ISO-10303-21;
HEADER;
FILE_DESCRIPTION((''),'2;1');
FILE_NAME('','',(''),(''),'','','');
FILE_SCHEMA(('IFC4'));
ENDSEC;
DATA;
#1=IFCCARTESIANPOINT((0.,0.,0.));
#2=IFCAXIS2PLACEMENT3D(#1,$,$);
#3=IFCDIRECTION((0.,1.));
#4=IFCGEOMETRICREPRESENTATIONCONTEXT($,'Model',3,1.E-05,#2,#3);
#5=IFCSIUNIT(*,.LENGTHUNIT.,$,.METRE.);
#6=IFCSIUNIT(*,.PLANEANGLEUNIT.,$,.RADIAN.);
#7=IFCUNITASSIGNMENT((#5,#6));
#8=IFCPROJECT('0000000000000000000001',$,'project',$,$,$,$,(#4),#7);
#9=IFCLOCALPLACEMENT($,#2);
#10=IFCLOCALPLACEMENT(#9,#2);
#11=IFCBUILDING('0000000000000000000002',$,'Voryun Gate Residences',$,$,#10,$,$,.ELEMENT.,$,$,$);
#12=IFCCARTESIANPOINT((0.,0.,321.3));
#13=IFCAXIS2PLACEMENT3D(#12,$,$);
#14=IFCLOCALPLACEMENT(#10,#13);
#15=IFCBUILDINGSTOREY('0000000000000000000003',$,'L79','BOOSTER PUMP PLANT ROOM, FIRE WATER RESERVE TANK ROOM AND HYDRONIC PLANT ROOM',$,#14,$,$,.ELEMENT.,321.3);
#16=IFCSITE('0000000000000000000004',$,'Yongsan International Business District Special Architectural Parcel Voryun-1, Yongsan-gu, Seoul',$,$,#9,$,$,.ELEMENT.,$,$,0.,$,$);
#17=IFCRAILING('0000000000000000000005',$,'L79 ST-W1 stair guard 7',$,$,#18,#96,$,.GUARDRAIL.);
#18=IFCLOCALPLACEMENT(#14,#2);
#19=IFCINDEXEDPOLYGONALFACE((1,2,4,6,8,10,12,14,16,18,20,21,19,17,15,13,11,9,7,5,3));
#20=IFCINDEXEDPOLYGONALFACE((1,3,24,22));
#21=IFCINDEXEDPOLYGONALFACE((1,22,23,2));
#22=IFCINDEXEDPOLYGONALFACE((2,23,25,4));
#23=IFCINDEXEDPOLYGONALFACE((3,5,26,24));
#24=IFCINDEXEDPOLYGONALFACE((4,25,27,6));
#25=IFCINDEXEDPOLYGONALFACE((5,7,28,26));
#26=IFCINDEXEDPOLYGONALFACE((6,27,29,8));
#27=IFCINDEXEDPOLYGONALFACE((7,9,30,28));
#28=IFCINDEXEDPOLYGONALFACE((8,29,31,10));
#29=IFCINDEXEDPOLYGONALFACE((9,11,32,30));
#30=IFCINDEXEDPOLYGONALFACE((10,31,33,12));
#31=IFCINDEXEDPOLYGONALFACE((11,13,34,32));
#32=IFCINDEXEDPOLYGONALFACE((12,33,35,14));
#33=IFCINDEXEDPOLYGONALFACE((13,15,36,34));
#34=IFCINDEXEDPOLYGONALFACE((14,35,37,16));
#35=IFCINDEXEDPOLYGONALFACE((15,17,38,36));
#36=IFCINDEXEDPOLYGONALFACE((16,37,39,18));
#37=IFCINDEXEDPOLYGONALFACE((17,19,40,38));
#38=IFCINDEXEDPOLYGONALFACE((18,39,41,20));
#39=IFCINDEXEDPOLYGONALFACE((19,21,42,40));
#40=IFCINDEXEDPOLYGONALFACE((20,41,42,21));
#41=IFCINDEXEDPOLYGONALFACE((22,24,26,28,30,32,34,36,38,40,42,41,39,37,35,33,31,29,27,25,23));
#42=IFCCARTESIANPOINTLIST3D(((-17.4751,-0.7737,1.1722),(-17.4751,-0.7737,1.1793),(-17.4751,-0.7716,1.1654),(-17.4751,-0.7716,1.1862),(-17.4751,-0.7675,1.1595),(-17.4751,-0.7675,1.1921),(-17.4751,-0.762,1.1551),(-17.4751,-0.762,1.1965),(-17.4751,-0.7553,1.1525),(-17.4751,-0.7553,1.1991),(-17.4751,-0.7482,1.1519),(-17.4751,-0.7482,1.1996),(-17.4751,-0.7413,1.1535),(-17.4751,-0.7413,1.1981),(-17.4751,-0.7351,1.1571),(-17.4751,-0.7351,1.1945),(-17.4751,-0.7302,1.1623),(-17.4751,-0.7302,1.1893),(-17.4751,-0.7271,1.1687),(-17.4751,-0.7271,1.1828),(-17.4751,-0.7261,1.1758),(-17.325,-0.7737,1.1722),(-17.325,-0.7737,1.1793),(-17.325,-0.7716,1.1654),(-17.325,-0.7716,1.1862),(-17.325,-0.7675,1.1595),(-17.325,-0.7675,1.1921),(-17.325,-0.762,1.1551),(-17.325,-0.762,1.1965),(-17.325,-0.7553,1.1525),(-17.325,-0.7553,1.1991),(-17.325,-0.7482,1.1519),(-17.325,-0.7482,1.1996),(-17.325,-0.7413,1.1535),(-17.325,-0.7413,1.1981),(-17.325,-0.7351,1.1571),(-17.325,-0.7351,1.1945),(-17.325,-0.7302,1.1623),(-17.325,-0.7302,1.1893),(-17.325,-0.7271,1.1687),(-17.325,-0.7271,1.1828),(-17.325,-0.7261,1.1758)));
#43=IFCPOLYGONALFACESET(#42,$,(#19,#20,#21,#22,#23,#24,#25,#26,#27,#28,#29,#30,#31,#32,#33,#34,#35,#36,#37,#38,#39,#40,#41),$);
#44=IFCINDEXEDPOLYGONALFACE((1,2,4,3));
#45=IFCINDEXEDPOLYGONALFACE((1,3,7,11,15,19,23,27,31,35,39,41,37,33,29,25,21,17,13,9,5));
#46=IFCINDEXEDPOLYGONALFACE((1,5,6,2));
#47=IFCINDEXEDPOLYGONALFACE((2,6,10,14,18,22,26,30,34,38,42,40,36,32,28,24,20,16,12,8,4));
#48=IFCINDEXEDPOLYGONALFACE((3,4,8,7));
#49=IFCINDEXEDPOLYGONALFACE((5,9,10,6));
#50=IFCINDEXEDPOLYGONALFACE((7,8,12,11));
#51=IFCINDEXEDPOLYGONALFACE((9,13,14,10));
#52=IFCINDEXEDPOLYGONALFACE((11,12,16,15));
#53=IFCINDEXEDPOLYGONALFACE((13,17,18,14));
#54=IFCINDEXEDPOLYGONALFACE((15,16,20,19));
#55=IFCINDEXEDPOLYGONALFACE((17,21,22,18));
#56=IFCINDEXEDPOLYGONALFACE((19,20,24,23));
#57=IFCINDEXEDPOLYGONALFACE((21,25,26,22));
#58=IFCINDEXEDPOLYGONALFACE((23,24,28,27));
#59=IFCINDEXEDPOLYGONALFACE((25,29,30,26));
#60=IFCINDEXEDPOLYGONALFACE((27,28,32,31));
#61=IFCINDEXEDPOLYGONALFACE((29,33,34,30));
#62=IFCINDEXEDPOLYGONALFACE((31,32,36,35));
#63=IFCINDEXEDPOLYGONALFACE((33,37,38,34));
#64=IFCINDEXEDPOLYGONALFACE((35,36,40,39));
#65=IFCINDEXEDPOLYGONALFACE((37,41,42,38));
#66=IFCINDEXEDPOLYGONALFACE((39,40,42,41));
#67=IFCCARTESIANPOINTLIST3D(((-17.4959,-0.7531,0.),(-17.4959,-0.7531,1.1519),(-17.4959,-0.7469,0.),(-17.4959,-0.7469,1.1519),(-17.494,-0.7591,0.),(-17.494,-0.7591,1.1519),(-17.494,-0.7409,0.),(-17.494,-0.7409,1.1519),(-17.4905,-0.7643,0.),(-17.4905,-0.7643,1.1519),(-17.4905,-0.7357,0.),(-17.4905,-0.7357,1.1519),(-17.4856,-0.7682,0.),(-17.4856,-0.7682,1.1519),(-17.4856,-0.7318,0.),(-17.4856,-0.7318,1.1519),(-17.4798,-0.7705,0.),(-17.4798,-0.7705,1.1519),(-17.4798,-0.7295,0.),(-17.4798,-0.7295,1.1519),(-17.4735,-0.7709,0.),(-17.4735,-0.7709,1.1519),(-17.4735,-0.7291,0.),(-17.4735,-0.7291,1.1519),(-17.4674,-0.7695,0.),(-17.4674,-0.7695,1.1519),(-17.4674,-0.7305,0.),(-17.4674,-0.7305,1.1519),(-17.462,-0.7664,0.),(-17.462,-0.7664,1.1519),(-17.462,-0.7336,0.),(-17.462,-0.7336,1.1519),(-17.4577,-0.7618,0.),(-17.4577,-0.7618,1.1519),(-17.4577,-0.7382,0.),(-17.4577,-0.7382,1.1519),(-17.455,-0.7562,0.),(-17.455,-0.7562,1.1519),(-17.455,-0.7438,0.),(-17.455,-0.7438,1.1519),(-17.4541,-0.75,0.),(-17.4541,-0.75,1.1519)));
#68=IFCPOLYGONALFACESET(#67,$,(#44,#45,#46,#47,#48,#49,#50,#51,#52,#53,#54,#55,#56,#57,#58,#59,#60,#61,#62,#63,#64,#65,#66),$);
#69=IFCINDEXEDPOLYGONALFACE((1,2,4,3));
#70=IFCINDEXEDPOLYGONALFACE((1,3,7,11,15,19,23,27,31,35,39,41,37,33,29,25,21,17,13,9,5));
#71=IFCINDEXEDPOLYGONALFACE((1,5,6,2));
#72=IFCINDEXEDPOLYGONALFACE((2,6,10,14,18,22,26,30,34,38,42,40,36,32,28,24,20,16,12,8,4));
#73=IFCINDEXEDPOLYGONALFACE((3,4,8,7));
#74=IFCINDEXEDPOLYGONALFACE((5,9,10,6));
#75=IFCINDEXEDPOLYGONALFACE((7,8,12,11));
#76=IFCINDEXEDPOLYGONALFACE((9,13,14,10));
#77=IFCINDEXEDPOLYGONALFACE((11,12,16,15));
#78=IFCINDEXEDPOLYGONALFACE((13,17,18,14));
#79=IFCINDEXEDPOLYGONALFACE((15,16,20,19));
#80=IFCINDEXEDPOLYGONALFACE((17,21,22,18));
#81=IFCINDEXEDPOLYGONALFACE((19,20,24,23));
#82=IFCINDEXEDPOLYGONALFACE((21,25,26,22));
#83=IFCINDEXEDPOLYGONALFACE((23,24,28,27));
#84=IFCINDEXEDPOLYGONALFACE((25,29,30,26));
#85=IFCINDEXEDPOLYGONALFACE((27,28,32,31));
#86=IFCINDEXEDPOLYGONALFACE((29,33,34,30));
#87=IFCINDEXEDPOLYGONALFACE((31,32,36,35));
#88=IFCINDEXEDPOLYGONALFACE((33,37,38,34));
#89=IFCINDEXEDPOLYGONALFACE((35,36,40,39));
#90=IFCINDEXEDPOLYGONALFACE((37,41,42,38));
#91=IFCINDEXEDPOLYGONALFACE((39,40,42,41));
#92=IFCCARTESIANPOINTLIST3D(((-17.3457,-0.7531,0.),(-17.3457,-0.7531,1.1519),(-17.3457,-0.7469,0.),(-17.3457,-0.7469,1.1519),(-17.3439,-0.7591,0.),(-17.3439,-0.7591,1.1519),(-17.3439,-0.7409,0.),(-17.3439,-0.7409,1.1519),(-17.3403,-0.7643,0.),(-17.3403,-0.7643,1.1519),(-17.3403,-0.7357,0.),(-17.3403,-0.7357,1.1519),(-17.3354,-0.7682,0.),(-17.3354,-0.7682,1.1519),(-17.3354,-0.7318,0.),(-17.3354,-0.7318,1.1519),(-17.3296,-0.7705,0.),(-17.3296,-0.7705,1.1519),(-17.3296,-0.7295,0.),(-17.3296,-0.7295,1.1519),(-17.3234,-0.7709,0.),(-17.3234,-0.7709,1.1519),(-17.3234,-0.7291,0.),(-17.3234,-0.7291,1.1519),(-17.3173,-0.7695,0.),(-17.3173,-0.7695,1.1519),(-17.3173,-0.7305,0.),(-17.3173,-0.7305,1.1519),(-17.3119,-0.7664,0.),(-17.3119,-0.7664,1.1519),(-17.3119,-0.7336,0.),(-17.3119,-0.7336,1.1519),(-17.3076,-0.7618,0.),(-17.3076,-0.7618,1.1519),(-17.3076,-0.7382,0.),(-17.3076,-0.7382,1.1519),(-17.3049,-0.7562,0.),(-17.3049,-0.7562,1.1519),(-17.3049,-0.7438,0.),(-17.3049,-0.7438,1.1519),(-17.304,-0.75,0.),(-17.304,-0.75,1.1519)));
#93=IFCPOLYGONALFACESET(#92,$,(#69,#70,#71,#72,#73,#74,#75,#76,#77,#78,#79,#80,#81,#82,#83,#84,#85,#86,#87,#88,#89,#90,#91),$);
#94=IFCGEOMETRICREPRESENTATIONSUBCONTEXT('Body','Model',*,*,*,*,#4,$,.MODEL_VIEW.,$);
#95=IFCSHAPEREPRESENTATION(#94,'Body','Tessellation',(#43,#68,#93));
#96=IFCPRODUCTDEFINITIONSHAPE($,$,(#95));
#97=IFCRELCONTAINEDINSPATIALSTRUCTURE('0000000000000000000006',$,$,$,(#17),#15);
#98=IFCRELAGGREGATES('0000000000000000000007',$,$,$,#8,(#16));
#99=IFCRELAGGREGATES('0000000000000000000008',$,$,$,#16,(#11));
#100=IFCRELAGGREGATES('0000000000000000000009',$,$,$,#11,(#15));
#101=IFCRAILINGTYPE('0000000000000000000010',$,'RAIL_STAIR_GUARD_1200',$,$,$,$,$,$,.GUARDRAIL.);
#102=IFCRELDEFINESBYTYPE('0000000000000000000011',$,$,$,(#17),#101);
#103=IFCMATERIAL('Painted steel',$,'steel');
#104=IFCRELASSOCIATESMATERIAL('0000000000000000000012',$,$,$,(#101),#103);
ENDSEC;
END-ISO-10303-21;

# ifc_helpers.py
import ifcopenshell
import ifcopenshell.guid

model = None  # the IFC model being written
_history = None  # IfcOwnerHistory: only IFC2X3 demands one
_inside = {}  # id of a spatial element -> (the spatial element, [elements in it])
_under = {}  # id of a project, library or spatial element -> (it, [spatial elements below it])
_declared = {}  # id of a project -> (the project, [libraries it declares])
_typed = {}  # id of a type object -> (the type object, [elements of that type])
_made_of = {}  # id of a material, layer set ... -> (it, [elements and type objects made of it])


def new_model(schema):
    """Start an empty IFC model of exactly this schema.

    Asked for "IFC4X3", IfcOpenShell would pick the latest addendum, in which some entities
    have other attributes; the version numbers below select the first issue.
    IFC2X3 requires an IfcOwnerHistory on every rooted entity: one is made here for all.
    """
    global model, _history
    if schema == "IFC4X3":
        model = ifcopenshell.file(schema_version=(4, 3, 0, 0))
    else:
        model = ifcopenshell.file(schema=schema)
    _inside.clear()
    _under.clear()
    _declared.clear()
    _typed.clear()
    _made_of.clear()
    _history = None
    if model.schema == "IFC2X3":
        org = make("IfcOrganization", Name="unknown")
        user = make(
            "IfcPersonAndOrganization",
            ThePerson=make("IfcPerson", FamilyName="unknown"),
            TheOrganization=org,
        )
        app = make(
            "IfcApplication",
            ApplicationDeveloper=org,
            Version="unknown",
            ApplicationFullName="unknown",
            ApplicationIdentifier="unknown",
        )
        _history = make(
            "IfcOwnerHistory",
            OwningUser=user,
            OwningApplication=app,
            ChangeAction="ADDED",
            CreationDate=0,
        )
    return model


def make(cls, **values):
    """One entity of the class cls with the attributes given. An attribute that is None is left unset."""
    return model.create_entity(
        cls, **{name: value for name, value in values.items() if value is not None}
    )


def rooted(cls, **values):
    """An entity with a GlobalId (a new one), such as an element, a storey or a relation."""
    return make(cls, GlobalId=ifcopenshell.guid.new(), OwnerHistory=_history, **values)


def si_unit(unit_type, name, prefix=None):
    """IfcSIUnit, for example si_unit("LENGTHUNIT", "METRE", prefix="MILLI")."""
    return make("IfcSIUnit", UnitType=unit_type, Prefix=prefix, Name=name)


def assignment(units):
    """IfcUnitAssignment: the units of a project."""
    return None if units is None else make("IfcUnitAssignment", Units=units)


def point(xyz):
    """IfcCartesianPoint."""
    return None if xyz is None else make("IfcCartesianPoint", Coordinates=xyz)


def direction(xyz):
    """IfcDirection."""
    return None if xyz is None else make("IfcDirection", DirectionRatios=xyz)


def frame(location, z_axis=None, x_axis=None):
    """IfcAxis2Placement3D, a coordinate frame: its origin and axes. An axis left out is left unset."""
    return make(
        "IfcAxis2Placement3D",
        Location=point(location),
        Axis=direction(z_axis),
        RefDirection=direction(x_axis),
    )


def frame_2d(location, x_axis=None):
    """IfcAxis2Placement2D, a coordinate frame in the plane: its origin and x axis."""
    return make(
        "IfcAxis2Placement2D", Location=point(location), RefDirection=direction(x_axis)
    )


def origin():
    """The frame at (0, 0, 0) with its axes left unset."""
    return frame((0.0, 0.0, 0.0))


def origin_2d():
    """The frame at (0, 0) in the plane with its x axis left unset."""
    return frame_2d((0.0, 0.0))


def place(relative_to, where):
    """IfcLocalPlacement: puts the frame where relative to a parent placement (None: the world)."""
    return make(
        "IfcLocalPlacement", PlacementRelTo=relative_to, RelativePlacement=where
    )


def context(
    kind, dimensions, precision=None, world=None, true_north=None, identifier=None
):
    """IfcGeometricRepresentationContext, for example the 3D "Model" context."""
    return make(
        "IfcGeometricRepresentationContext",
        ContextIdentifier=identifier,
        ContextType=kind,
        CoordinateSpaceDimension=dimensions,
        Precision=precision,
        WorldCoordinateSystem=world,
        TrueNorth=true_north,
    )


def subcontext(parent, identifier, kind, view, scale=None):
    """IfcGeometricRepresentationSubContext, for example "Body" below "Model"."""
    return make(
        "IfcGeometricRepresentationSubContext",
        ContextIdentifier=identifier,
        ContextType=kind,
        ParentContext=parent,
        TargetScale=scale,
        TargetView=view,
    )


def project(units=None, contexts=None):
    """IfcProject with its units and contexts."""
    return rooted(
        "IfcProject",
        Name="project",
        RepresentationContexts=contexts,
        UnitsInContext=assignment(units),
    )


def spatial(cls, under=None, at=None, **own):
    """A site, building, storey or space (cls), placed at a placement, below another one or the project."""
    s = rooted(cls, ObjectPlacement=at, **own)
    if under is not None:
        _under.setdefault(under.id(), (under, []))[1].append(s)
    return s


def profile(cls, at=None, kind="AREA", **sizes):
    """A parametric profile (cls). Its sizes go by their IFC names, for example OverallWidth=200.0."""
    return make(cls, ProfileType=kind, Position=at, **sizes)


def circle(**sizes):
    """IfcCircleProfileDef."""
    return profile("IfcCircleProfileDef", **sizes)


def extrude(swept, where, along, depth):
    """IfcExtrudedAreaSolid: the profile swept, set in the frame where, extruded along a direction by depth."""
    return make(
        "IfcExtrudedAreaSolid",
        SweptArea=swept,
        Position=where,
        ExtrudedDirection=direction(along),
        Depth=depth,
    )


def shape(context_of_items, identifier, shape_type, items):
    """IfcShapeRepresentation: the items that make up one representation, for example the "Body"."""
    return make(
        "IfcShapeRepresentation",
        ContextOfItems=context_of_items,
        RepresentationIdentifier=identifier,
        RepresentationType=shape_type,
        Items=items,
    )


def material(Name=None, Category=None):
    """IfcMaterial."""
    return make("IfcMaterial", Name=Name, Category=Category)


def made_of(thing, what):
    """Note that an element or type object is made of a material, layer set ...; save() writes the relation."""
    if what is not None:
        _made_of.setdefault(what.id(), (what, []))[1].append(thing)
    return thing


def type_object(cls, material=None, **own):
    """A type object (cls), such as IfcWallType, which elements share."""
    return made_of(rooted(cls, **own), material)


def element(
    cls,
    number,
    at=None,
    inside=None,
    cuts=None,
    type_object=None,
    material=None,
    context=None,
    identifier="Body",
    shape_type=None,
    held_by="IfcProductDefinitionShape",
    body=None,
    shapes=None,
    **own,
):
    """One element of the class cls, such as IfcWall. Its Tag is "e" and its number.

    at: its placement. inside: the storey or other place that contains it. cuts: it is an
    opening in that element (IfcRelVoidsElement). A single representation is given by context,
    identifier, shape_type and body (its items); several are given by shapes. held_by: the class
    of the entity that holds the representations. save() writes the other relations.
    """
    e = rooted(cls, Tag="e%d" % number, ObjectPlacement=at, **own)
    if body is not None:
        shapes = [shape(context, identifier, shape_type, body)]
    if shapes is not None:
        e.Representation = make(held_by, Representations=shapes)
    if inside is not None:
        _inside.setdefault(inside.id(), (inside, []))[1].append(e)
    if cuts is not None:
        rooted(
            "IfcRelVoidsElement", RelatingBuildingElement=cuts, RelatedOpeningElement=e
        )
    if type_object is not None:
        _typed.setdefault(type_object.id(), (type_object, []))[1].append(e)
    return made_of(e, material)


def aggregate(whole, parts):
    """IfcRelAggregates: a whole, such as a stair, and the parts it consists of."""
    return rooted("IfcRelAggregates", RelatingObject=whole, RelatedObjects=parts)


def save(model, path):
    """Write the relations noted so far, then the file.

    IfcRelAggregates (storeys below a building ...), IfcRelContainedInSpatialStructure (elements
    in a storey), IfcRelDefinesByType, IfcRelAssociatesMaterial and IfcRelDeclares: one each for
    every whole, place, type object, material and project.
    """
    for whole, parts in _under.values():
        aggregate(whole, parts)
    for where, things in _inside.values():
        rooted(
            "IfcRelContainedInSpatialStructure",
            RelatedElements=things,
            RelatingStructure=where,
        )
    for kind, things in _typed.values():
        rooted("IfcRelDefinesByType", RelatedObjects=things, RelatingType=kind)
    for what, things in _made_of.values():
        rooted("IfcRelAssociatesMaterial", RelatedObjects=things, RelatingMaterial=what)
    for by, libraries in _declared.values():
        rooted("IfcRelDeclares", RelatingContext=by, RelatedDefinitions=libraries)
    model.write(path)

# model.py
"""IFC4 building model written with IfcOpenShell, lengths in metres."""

from ifc_helpers import new_model, si_unit, direction, frame, origin, origin_2d, place, context, subcontext, project, spatial, circle, extrude, material, type_object, element, save


model = new_model("IFC4")

# Units and contexts
model_context = context("Model", 3, precision=1e-05, world=origin(), true_north=direction((0.0, 1.0)))
body_context = subcontext(model_context, "Body", "Model", "MODEL_VIEW")
ifc_project = project(units=[si_unit("LENGTHUNIT", "METRE"), si_unit("PLANEANGLEUNIT", "RADIAN")], contexts=[model_context])

# Site, building, storey
site_placement = place(None, origin())
site = spatial("IfcSite", under=ifc_project, at=site_placement, Name="Yongsan International Business District Special Architectural Parcel Voryun-1, Yongsan-gu, Seoul", CompositionType="ELEMENT", RefElevation=0.0)
building_placement = place(site_placement, origin())
building = spatial("IfcBuilding", under=site, at=building_placement, Name="Voryun Gate Residences", CompositionType="ELEMENT")
storey_placement = place(building_placement, frame((0.0, 0.0, 321.3)))
storey = spatial("IfcBuildingStorey", under=building, at=storey_placement, Name="L79", Description="BOOSTER PUMP PLANT ROOM, FIRE WATER RESERVE TANK ROOM AND HYDRONIC PLANT ROOM", CompositionType="ELEMENT", Elevation=321.3)

# Railing
ifc_material_1 = material(Name="Painted steel", Category="steel")
railing_type_1 = type_object("IfcRailingType", Name="RAIL_STAIR_GUARD_1200", PredefinedType="GUARDRAIL", material=ifc_material_1)
railing_1_placement = place(storey_placement, frame((-17.4751, -0.75, 0.0)))
element("IfcRailing", 1, at=railing_1_placement, inside=storey, type_object=railing_type_1, Name="L79 ST-W1 stair guard 7", PredefinedType="GUARDRAIL", context=body_context, shape_type="SweptSolid", body=[
    extrude(circle(Radius=0.0239, at=origin_2d()), frame((0.0, 0.0, 1.1758), z_axis=(1.0, 0.0, 0.0), x_axis=(0.0, 1.0, 0.0)), (0.0, 0.0, 1.0), 0.1501),
    extrude(circle(Radius=0.021, at=origin_2d()), origin(), (0.0, 0.0, 1.0), 1.1519),
    extrude(circle(Radius=0.021, at=origin_2d()), frame((0.1501, 0.0, 0.0)), (0.0, 0.0, 1.0), 1.1519),
])

save(model, "model.ifc")
